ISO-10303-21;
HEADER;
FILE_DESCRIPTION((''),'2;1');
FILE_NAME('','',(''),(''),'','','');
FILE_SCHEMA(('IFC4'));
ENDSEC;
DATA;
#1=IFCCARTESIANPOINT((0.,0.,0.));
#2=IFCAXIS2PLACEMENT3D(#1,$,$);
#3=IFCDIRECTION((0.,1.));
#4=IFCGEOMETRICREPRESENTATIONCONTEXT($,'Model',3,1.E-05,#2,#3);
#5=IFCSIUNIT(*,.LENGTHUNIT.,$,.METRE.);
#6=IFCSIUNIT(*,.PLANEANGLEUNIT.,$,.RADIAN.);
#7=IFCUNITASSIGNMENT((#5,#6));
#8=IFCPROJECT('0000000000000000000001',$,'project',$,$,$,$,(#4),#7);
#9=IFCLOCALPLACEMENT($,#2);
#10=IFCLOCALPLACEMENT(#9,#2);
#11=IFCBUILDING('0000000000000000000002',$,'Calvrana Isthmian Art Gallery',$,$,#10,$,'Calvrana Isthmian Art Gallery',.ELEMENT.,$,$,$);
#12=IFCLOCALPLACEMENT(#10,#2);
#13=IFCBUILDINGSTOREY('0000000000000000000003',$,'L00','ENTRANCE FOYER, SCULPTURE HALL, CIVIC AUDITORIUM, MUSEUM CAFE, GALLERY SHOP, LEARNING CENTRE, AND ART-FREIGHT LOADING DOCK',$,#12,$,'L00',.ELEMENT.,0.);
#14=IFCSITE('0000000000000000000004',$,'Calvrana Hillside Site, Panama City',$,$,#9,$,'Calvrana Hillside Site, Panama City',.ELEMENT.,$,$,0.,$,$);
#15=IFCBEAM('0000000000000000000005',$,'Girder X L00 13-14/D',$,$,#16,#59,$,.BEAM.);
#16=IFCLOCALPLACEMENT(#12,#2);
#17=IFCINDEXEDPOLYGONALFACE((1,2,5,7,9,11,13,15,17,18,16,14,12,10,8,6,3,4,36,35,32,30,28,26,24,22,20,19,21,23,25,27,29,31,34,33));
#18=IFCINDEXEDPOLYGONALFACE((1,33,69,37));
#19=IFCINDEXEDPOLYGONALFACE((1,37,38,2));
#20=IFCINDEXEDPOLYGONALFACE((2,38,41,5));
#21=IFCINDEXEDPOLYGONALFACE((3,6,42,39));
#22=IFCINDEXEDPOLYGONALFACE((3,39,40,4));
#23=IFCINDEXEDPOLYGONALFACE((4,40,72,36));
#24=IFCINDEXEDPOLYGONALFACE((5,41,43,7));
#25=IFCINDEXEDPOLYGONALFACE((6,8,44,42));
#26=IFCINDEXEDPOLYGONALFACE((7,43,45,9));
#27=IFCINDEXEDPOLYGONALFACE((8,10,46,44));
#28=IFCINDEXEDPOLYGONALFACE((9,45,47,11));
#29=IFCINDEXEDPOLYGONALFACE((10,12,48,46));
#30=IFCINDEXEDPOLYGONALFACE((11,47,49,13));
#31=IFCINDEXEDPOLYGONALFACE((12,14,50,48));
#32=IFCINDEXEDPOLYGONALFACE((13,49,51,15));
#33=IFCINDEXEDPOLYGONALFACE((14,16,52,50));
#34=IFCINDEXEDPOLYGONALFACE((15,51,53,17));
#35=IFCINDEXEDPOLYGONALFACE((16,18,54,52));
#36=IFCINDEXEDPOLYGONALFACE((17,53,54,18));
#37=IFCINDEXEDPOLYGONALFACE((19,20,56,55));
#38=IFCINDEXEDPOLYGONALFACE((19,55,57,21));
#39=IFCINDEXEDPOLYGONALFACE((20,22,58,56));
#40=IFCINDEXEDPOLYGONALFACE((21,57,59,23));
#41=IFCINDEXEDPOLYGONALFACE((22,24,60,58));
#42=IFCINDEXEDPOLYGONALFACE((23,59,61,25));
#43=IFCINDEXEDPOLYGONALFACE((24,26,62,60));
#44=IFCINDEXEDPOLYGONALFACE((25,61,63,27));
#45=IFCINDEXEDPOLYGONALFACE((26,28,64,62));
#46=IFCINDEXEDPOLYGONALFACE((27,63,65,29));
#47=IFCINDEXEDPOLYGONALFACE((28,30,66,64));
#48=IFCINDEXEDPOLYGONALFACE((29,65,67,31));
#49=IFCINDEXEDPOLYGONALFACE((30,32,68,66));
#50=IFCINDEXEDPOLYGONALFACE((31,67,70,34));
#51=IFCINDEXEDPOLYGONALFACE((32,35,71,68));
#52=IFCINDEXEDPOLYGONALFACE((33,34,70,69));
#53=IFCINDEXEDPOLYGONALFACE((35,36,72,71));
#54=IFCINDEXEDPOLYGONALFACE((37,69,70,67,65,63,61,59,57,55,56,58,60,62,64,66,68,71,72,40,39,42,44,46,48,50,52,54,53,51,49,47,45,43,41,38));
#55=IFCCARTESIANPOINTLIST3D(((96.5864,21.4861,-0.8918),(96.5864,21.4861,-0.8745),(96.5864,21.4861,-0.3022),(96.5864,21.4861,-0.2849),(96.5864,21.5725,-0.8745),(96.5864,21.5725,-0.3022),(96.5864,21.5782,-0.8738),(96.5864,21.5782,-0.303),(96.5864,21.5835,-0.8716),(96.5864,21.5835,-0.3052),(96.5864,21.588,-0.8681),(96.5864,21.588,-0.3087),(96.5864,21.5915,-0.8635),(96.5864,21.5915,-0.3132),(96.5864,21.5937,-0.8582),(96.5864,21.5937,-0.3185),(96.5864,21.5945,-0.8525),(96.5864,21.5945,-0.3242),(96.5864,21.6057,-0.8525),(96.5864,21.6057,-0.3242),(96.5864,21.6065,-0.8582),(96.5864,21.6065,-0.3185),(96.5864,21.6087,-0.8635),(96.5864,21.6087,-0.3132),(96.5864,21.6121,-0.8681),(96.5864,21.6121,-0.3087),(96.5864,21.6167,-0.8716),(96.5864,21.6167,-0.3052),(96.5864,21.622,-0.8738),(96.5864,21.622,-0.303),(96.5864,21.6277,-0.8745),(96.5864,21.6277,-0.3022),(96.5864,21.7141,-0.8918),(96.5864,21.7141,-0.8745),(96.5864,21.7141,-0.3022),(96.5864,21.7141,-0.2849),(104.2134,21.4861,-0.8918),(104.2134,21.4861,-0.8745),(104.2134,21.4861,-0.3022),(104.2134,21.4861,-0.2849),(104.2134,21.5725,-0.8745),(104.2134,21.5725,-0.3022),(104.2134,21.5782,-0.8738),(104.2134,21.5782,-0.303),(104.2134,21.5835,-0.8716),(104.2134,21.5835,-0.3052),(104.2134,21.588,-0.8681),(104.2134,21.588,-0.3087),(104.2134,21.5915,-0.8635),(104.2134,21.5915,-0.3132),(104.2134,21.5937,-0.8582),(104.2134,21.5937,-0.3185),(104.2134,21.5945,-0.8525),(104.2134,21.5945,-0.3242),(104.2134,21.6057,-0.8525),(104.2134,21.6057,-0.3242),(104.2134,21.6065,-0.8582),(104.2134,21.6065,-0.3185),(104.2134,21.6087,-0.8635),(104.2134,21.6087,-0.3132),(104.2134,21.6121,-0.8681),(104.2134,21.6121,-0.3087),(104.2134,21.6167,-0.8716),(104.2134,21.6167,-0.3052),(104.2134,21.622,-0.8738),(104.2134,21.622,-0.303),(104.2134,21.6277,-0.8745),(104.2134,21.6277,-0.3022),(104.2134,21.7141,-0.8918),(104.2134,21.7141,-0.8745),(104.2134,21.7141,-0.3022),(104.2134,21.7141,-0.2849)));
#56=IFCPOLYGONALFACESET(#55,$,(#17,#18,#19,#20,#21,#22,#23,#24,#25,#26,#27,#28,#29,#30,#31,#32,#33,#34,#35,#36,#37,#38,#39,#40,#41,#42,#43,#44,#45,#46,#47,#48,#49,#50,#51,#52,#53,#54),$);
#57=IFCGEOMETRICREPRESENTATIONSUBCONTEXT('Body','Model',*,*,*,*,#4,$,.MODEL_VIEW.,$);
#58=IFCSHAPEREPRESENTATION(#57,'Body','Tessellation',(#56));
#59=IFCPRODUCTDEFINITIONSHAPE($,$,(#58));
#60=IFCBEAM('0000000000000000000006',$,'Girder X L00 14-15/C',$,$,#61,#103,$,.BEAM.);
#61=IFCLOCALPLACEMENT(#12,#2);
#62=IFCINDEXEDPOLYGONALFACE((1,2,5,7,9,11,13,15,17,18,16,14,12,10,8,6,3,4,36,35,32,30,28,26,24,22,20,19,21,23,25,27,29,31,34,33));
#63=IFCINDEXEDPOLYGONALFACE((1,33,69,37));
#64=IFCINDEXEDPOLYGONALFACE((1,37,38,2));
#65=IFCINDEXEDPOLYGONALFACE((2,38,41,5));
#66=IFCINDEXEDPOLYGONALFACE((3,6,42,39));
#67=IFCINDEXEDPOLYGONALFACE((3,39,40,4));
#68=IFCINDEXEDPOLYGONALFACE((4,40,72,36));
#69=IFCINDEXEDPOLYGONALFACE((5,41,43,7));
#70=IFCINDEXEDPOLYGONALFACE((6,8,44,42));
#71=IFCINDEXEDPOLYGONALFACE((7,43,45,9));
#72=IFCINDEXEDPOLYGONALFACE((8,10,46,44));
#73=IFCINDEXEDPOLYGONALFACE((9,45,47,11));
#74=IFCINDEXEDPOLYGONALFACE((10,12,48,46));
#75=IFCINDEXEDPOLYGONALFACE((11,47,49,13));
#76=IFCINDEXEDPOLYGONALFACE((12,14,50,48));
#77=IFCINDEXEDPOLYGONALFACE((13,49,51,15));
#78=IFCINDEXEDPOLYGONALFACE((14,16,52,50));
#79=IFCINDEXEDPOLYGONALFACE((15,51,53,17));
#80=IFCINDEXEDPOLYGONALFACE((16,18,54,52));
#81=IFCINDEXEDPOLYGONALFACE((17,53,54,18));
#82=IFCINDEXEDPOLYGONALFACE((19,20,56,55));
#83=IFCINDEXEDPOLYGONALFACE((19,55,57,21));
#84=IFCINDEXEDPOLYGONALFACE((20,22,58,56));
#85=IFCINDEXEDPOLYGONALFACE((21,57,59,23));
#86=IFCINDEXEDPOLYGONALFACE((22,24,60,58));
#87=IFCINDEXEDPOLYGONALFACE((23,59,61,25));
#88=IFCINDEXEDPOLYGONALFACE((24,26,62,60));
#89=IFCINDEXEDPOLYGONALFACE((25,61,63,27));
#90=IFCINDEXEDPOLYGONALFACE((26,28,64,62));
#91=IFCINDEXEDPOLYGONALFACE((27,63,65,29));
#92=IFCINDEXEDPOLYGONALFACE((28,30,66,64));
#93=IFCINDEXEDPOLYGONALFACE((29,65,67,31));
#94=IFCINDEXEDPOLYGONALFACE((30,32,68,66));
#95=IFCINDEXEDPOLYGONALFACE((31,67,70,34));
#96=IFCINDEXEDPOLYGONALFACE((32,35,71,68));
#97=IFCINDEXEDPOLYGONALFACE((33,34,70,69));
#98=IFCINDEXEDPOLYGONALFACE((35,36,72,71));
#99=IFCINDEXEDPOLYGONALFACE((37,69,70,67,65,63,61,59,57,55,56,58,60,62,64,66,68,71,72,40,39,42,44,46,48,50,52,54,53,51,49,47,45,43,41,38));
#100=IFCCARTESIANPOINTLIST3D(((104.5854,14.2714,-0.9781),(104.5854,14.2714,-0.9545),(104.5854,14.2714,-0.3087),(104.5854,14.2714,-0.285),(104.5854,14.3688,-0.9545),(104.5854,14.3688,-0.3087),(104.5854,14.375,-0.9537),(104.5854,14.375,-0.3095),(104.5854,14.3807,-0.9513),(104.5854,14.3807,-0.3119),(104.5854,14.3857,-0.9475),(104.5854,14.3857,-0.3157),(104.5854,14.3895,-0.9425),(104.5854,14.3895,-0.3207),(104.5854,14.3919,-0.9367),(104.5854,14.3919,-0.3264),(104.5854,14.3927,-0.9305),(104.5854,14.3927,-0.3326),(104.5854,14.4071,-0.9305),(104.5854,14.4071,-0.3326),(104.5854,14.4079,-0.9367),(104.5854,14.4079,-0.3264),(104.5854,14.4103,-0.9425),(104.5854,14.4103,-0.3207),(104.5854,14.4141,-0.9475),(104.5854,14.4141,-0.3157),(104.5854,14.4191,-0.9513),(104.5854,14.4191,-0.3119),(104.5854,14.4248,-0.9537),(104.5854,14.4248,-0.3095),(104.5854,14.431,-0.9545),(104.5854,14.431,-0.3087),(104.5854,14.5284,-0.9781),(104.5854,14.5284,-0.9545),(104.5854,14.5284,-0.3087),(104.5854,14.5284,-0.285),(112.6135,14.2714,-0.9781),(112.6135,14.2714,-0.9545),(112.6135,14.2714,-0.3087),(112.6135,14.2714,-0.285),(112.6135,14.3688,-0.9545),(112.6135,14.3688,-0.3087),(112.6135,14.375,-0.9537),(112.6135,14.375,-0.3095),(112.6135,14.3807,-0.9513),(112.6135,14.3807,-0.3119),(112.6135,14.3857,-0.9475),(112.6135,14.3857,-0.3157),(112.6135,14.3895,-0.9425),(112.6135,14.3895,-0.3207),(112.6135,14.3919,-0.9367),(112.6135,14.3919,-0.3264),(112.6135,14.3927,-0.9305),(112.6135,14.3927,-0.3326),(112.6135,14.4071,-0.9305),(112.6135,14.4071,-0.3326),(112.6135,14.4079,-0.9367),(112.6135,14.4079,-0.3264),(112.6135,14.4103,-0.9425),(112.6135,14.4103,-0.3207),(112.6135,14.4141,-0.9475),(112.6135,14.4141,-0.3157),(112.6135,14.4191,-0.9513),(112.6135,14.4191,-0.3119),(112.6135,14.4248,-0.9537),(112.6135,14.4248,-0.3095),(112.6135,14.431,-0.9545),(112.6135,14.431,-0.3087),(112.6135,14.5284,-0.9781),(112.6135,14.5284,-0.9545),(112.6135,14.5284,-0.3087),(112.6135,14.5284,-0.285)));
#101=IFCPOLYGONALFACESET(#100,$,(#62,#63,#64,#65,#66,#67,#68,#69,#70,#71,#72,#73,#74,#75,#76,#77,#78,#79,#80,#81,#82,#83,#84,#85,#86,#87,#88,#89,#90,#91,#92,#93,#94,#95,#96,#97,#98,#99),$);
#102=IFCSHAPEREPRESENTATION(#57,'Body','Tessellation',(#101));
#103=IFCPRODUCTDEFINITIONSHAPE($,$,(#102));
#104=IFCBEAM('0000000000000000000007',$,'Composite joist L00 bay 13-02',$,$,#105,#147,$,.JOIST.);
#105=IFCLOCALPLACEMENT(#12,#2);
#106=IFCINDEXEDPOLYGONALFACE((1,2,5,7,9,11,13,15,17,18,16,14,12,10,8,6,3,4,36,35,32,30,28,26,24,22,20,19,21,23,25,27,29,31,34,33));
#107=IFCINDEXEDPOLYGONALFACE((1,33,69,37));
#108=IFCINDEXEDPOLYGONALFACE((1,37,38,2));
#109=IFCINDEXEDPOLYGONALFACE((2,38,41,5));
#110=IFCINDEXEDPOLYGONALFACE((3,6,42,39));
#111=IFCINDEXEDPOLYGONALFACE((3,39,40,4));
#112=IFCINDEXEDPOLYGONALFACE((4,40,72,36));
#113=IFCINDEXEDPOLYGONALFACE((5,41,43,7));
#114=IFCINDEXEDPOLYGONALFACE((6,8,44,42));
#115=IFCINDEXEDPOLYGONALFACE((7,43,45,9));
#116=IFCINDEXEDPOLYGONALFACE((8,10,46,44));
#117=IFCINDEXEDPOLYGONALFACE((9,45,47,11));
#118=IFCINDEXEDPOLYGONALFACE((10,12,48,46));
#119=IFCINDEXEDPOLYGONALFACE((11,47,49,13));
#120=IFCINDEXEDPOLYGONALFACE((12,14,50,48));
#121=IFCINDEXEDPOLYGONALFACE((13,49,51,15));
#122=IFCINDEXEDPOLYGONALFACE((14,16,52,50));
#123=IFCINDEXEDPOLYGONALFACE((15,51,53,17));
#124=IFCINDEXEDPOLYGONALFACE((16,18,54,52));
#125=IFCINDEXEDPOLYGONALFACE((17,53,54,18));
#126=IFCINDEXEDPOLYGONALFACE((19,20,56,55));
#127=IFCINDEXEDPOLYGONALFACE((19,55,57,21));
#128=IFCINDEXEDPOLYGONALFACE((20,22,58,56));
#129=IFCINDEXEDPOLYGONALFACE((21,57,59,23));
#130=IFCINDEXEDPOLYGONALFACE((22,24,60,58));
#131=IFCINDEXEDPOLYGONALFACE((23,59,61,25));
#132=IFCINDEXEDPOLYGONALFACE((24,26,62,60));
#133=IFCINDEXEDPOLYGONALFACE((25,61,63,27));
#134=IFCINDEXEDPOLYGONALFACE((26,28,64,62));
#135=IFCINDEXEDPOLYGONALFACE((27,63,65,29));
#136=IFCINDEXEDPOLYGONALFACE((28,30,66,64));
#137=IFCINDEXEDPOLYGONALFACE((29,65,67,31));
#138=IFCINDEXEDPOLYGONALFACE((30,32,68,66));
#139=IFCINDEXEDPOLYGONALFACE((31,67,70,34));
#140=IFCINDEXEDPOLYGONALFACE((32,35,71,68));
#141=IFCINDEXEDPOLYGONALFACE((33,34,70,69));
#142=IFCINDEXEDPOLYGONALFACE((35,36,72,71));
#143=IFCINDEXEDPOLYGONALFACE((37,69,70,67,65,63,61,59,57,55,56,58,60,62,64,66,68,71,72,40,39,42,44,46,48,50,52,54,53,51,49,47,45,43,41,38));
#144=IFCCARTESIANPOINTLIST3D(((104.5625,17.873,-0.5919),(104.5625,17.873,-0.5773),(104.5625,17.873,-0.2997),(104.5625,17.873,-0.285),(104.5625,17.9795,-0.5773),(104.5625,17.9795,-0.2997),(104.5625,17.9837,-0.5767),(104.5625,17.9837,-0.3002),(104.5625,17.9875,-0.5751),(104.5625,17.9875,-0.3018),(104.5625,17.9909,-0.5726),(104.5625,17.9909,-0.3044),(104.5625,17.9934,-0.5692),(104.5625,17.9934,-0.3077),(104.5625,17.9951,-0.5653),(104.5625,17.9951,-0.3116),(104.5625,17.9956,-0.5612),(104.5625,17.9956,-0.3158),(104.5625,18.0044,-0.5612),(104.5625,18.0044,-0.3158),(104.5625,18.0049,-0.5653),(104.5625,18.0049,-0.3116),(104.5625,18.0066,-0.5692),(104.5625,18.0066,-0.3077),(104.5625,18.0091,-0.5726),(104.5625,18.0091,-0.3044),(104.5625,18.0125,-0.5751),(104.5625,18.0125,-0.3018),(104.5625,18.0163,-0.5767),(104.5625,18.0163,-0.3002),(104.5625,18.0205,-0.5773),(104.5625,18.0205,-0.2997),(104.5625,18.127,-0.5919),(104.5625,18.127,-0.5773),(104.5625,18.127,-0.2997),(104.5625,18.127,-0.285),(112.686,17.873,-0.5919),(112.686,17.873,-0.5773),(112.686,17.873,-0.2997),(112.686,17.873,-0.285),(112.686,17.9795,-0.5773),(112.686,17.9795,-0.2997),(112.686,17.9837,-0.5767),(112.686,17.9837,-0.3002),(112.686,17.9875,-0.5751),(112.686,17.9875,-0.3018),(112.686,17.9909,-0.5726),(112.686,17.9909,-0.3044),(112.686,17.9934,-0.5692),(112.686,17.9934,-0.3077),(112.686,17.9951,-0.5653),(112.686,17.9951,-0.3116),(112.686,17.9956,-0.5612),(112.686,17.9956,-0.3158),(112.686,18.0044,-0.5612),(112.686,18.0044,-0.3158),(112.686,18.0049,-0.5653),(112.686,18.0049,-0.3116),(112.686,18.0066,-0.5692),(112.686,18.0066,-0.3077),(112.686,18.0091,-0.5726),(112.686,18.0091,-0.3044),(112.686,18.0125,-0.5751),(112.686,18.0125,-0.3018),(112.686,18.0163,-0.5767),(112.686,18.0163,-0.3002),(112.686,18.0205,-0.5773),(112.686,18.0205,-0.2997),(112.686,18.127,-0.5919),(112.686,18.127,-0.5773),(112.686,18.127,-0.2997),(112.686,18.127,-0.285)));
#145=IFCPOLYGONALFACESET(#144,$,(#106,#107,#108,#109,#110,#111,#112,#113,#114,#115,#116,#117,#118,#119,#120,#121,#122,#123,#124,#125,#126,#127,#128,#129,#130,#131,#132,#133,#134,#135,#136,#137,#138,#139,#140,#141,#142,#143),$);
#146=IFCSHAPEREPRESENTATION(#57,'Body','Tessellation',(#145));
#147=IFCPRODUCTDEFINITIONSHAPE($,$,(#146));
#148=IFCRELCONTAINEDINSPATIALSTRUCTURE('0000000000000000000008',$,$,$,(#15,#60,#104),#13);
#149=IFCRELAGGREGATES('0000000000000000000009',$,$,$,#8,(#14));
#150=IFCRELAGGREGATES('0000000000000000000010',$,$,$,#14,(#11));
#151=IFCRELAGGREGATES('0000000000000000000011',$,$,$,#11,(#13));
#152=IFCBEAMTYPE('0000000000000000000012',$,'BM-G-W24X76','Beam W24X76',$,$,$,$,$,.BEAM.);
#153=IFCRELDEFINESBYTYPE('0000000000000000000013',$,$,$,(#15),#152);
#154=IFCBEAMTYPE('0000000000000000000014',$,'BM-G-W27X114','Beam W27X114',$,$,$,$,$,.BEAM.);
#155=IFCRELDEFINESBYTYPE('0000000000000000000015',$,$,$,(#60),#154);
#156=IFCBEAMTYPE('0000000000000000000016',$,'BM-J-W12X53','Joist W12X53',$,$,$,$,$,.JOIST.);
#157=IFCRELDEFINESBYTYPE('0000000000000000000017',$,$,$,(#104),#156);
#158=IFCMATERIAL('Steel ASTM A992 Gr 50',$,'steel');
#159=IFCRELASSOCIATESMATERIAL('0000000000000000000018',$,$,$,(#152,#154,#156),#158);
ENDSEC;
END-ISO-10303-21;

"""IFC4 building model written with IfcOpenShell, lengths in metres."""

from ifc_helpers import new_model, si_unit, direction, frame, origin, origin_2d, place, context, subcontext, project, spatial, i_section, extrude, material, material_profile, profile_set, type_object, element, save


model = new_model("IFC4")

# Units and contexts
model_context = context("Model", 3, precision=1e-05, world=origin(), true_north=direction((0.0, 1.0)))
body_context = subcontext(model_context, "Body", "Model", "MODEL_VIEW")
ifc_project = project(units=[si_unit("LENGTHUNIT", "METRE"), si_unit("PLANEANGLEUNIT", "RADIAN")], contexts=[model_context])

# Site, building, storey
site_placement = place(None, origin())
site = spatial("IfcSite", under=ifc_project, at=site_placement, Name="Calvrana Hillside Site, Panama City", LongName="Calvrana Hillside Site, Panama City", CompositionType="ELEMENT", RefElevation=0.0)
building_placement = place(site_placement, origin())
building = spatial("IfcBuilding", under=site, at=building_placement, Name="Calvrana Isthmian Art Gallery", LongName="Calvrana Isthmian Art Gallery", CompositionType="ELEMENT")
storey_placement = place(building_placement, origin())
storey = spatial("IfcBuildingStorey", under=building, at=storey_placement, Name="L00", Description="ENTRANCE FOYER, SCULPTURE HALL, CIVIC AUDITORIUM, MUSEUM CAFE, GALLERY SHOP, LEARNING CENTRE, AND ART-FREIGHT LOADING DOCK", LongName="L00", CompositionType="ELEMENT", Elevation=0.0)

# Shared definitions
ifc_material_1 = material(Name="Steel ASTM A992 Gr 50", Category="steel")

# Beams
ifc_material_profile_1 = material_profile(ifc_material_1, i_section(OverallWidth=0.228, OverallDepth=0.6069, WebThickness=0.0112, FlangeThickness=0.0173, FilletRadius=0.022, at=origin_2d()), Name="W24X76")
ifc_profile_set_1 = profile_set([ifc_material_profile_1], Name="Steel ASTM A992 Gr 50")
beam_type_1 = type_object("IfcBeamType", Name="BM-G-W24X76", Description="Beam W24X76", PredefinedType="BEAM", material=ifc_profile_set_1)
beam_1_placement = place(storey_placement, frame((96.5864, 21.6001, -0.5884), z_axis=(1.0, 0.0, 0.0), x_axis=(0.0, 1.0, 0.0)))
element("IfcBeam", 1, at=beam_1_placement, inside=storey, type_object=beam_type_1, Name="Girder X L00 13-14/D", PredefinedType="BEAM", context=body_context, shape_type="SweptSolid", body=[
    extrude(i_section(OverallWidth=0.228, OverallDepth=0.6069, WebThickness=0.0112, FlangeThickness=0.0173, FilletRadius=0.022, at=origin_2d()), origin(), (0.0, 0.0, 1.0), 7.627),
])
ifc_material_profile_2 = material_profile(ifc_material_1, i_section(OverallWidth=0.2571, OverallDepth=0.6931, WebThickness=0.0144, FlangeThickness=0.0237, FilletRadius=0.0239, at=origin_2d()), Name="W27X114")
ifc_profile_set_2 = profile_set([ifc_material_profile_2], Name="Steel ASTM A992 Gr 50")
beam_type_2 = type_object("IfcBeamType", Name="BM-G-W27X114", Description="Beam W27X114", PredefinedType="BEAM", material=ifc_profile_set_2)
beam_2_placement = place(storey_placement, frame((104.5854, 14.3999, -0.6316), z_axis=(1.0, 0.0, 0.0), x_axis=(0.0, 1.0, 0.0)))
element("IfcBeam", 2, at=beam_2_placement, inside=storey, type_object=beam_type_2, Name="Girder X L00 14-15/C", PredefinedType="BEAM", context=body_context, shape_type="SweptSolid", body=[
    extrude(i_section(OverallWidth=0.2571, OverallDepth=0.6931, WebThickness=0.0144, FlangeThickness=0.0237, FilletRadius=0.0239, at=origin_2d()), origin(), (0.0, 0.0, 1.0), 8.0281),
])
ifc_material_profile_3 = material_profile(ifc_material_1, i_section(OverallWidth=0.2539, OverallDepth=0.3069, WebThickness=0.0088, FlangeThickness=0.0146, FilletRadius=0.0161, at=origin_2d()), Name="W12X53")
ifc_profile_set_3 = profile_set([ifc_material_profile_3], Name="Steel ASTM A992 Gr 50")
beam_type_3 = type_object("IfcBeamType", Name="BM-J-W12X53", Description="Joist W12X53", PredefinedType="JOIST", material=ifc_profile_set_3)
beam_3_placement = place(storey_placement, frame((104.5625, 18.0, -0.4385), z_axis=(1.0, 0.0, 0.0), x_axis=(0.0, 1.0, 0.0)))
element("IfcBeam", 3, at=beam_3_placement, inside=storey, type_object=beam_type_3, Name="Composite joist L00 bay 13-02", PredefinedType="JOIST", context=body_context, shape_type="SweptSolid", body=[
    extrude(i_section(OverallWidth=0.2539, OverallDepth=0.3069, WebThickness=0.0088, FlangeThickness=0.0146, FilletRadius=0.0161, at=origin_2d()), origin(), (0.0, 0.0, 1.0), 8.1235),
])

save(model, "model.ifc")
